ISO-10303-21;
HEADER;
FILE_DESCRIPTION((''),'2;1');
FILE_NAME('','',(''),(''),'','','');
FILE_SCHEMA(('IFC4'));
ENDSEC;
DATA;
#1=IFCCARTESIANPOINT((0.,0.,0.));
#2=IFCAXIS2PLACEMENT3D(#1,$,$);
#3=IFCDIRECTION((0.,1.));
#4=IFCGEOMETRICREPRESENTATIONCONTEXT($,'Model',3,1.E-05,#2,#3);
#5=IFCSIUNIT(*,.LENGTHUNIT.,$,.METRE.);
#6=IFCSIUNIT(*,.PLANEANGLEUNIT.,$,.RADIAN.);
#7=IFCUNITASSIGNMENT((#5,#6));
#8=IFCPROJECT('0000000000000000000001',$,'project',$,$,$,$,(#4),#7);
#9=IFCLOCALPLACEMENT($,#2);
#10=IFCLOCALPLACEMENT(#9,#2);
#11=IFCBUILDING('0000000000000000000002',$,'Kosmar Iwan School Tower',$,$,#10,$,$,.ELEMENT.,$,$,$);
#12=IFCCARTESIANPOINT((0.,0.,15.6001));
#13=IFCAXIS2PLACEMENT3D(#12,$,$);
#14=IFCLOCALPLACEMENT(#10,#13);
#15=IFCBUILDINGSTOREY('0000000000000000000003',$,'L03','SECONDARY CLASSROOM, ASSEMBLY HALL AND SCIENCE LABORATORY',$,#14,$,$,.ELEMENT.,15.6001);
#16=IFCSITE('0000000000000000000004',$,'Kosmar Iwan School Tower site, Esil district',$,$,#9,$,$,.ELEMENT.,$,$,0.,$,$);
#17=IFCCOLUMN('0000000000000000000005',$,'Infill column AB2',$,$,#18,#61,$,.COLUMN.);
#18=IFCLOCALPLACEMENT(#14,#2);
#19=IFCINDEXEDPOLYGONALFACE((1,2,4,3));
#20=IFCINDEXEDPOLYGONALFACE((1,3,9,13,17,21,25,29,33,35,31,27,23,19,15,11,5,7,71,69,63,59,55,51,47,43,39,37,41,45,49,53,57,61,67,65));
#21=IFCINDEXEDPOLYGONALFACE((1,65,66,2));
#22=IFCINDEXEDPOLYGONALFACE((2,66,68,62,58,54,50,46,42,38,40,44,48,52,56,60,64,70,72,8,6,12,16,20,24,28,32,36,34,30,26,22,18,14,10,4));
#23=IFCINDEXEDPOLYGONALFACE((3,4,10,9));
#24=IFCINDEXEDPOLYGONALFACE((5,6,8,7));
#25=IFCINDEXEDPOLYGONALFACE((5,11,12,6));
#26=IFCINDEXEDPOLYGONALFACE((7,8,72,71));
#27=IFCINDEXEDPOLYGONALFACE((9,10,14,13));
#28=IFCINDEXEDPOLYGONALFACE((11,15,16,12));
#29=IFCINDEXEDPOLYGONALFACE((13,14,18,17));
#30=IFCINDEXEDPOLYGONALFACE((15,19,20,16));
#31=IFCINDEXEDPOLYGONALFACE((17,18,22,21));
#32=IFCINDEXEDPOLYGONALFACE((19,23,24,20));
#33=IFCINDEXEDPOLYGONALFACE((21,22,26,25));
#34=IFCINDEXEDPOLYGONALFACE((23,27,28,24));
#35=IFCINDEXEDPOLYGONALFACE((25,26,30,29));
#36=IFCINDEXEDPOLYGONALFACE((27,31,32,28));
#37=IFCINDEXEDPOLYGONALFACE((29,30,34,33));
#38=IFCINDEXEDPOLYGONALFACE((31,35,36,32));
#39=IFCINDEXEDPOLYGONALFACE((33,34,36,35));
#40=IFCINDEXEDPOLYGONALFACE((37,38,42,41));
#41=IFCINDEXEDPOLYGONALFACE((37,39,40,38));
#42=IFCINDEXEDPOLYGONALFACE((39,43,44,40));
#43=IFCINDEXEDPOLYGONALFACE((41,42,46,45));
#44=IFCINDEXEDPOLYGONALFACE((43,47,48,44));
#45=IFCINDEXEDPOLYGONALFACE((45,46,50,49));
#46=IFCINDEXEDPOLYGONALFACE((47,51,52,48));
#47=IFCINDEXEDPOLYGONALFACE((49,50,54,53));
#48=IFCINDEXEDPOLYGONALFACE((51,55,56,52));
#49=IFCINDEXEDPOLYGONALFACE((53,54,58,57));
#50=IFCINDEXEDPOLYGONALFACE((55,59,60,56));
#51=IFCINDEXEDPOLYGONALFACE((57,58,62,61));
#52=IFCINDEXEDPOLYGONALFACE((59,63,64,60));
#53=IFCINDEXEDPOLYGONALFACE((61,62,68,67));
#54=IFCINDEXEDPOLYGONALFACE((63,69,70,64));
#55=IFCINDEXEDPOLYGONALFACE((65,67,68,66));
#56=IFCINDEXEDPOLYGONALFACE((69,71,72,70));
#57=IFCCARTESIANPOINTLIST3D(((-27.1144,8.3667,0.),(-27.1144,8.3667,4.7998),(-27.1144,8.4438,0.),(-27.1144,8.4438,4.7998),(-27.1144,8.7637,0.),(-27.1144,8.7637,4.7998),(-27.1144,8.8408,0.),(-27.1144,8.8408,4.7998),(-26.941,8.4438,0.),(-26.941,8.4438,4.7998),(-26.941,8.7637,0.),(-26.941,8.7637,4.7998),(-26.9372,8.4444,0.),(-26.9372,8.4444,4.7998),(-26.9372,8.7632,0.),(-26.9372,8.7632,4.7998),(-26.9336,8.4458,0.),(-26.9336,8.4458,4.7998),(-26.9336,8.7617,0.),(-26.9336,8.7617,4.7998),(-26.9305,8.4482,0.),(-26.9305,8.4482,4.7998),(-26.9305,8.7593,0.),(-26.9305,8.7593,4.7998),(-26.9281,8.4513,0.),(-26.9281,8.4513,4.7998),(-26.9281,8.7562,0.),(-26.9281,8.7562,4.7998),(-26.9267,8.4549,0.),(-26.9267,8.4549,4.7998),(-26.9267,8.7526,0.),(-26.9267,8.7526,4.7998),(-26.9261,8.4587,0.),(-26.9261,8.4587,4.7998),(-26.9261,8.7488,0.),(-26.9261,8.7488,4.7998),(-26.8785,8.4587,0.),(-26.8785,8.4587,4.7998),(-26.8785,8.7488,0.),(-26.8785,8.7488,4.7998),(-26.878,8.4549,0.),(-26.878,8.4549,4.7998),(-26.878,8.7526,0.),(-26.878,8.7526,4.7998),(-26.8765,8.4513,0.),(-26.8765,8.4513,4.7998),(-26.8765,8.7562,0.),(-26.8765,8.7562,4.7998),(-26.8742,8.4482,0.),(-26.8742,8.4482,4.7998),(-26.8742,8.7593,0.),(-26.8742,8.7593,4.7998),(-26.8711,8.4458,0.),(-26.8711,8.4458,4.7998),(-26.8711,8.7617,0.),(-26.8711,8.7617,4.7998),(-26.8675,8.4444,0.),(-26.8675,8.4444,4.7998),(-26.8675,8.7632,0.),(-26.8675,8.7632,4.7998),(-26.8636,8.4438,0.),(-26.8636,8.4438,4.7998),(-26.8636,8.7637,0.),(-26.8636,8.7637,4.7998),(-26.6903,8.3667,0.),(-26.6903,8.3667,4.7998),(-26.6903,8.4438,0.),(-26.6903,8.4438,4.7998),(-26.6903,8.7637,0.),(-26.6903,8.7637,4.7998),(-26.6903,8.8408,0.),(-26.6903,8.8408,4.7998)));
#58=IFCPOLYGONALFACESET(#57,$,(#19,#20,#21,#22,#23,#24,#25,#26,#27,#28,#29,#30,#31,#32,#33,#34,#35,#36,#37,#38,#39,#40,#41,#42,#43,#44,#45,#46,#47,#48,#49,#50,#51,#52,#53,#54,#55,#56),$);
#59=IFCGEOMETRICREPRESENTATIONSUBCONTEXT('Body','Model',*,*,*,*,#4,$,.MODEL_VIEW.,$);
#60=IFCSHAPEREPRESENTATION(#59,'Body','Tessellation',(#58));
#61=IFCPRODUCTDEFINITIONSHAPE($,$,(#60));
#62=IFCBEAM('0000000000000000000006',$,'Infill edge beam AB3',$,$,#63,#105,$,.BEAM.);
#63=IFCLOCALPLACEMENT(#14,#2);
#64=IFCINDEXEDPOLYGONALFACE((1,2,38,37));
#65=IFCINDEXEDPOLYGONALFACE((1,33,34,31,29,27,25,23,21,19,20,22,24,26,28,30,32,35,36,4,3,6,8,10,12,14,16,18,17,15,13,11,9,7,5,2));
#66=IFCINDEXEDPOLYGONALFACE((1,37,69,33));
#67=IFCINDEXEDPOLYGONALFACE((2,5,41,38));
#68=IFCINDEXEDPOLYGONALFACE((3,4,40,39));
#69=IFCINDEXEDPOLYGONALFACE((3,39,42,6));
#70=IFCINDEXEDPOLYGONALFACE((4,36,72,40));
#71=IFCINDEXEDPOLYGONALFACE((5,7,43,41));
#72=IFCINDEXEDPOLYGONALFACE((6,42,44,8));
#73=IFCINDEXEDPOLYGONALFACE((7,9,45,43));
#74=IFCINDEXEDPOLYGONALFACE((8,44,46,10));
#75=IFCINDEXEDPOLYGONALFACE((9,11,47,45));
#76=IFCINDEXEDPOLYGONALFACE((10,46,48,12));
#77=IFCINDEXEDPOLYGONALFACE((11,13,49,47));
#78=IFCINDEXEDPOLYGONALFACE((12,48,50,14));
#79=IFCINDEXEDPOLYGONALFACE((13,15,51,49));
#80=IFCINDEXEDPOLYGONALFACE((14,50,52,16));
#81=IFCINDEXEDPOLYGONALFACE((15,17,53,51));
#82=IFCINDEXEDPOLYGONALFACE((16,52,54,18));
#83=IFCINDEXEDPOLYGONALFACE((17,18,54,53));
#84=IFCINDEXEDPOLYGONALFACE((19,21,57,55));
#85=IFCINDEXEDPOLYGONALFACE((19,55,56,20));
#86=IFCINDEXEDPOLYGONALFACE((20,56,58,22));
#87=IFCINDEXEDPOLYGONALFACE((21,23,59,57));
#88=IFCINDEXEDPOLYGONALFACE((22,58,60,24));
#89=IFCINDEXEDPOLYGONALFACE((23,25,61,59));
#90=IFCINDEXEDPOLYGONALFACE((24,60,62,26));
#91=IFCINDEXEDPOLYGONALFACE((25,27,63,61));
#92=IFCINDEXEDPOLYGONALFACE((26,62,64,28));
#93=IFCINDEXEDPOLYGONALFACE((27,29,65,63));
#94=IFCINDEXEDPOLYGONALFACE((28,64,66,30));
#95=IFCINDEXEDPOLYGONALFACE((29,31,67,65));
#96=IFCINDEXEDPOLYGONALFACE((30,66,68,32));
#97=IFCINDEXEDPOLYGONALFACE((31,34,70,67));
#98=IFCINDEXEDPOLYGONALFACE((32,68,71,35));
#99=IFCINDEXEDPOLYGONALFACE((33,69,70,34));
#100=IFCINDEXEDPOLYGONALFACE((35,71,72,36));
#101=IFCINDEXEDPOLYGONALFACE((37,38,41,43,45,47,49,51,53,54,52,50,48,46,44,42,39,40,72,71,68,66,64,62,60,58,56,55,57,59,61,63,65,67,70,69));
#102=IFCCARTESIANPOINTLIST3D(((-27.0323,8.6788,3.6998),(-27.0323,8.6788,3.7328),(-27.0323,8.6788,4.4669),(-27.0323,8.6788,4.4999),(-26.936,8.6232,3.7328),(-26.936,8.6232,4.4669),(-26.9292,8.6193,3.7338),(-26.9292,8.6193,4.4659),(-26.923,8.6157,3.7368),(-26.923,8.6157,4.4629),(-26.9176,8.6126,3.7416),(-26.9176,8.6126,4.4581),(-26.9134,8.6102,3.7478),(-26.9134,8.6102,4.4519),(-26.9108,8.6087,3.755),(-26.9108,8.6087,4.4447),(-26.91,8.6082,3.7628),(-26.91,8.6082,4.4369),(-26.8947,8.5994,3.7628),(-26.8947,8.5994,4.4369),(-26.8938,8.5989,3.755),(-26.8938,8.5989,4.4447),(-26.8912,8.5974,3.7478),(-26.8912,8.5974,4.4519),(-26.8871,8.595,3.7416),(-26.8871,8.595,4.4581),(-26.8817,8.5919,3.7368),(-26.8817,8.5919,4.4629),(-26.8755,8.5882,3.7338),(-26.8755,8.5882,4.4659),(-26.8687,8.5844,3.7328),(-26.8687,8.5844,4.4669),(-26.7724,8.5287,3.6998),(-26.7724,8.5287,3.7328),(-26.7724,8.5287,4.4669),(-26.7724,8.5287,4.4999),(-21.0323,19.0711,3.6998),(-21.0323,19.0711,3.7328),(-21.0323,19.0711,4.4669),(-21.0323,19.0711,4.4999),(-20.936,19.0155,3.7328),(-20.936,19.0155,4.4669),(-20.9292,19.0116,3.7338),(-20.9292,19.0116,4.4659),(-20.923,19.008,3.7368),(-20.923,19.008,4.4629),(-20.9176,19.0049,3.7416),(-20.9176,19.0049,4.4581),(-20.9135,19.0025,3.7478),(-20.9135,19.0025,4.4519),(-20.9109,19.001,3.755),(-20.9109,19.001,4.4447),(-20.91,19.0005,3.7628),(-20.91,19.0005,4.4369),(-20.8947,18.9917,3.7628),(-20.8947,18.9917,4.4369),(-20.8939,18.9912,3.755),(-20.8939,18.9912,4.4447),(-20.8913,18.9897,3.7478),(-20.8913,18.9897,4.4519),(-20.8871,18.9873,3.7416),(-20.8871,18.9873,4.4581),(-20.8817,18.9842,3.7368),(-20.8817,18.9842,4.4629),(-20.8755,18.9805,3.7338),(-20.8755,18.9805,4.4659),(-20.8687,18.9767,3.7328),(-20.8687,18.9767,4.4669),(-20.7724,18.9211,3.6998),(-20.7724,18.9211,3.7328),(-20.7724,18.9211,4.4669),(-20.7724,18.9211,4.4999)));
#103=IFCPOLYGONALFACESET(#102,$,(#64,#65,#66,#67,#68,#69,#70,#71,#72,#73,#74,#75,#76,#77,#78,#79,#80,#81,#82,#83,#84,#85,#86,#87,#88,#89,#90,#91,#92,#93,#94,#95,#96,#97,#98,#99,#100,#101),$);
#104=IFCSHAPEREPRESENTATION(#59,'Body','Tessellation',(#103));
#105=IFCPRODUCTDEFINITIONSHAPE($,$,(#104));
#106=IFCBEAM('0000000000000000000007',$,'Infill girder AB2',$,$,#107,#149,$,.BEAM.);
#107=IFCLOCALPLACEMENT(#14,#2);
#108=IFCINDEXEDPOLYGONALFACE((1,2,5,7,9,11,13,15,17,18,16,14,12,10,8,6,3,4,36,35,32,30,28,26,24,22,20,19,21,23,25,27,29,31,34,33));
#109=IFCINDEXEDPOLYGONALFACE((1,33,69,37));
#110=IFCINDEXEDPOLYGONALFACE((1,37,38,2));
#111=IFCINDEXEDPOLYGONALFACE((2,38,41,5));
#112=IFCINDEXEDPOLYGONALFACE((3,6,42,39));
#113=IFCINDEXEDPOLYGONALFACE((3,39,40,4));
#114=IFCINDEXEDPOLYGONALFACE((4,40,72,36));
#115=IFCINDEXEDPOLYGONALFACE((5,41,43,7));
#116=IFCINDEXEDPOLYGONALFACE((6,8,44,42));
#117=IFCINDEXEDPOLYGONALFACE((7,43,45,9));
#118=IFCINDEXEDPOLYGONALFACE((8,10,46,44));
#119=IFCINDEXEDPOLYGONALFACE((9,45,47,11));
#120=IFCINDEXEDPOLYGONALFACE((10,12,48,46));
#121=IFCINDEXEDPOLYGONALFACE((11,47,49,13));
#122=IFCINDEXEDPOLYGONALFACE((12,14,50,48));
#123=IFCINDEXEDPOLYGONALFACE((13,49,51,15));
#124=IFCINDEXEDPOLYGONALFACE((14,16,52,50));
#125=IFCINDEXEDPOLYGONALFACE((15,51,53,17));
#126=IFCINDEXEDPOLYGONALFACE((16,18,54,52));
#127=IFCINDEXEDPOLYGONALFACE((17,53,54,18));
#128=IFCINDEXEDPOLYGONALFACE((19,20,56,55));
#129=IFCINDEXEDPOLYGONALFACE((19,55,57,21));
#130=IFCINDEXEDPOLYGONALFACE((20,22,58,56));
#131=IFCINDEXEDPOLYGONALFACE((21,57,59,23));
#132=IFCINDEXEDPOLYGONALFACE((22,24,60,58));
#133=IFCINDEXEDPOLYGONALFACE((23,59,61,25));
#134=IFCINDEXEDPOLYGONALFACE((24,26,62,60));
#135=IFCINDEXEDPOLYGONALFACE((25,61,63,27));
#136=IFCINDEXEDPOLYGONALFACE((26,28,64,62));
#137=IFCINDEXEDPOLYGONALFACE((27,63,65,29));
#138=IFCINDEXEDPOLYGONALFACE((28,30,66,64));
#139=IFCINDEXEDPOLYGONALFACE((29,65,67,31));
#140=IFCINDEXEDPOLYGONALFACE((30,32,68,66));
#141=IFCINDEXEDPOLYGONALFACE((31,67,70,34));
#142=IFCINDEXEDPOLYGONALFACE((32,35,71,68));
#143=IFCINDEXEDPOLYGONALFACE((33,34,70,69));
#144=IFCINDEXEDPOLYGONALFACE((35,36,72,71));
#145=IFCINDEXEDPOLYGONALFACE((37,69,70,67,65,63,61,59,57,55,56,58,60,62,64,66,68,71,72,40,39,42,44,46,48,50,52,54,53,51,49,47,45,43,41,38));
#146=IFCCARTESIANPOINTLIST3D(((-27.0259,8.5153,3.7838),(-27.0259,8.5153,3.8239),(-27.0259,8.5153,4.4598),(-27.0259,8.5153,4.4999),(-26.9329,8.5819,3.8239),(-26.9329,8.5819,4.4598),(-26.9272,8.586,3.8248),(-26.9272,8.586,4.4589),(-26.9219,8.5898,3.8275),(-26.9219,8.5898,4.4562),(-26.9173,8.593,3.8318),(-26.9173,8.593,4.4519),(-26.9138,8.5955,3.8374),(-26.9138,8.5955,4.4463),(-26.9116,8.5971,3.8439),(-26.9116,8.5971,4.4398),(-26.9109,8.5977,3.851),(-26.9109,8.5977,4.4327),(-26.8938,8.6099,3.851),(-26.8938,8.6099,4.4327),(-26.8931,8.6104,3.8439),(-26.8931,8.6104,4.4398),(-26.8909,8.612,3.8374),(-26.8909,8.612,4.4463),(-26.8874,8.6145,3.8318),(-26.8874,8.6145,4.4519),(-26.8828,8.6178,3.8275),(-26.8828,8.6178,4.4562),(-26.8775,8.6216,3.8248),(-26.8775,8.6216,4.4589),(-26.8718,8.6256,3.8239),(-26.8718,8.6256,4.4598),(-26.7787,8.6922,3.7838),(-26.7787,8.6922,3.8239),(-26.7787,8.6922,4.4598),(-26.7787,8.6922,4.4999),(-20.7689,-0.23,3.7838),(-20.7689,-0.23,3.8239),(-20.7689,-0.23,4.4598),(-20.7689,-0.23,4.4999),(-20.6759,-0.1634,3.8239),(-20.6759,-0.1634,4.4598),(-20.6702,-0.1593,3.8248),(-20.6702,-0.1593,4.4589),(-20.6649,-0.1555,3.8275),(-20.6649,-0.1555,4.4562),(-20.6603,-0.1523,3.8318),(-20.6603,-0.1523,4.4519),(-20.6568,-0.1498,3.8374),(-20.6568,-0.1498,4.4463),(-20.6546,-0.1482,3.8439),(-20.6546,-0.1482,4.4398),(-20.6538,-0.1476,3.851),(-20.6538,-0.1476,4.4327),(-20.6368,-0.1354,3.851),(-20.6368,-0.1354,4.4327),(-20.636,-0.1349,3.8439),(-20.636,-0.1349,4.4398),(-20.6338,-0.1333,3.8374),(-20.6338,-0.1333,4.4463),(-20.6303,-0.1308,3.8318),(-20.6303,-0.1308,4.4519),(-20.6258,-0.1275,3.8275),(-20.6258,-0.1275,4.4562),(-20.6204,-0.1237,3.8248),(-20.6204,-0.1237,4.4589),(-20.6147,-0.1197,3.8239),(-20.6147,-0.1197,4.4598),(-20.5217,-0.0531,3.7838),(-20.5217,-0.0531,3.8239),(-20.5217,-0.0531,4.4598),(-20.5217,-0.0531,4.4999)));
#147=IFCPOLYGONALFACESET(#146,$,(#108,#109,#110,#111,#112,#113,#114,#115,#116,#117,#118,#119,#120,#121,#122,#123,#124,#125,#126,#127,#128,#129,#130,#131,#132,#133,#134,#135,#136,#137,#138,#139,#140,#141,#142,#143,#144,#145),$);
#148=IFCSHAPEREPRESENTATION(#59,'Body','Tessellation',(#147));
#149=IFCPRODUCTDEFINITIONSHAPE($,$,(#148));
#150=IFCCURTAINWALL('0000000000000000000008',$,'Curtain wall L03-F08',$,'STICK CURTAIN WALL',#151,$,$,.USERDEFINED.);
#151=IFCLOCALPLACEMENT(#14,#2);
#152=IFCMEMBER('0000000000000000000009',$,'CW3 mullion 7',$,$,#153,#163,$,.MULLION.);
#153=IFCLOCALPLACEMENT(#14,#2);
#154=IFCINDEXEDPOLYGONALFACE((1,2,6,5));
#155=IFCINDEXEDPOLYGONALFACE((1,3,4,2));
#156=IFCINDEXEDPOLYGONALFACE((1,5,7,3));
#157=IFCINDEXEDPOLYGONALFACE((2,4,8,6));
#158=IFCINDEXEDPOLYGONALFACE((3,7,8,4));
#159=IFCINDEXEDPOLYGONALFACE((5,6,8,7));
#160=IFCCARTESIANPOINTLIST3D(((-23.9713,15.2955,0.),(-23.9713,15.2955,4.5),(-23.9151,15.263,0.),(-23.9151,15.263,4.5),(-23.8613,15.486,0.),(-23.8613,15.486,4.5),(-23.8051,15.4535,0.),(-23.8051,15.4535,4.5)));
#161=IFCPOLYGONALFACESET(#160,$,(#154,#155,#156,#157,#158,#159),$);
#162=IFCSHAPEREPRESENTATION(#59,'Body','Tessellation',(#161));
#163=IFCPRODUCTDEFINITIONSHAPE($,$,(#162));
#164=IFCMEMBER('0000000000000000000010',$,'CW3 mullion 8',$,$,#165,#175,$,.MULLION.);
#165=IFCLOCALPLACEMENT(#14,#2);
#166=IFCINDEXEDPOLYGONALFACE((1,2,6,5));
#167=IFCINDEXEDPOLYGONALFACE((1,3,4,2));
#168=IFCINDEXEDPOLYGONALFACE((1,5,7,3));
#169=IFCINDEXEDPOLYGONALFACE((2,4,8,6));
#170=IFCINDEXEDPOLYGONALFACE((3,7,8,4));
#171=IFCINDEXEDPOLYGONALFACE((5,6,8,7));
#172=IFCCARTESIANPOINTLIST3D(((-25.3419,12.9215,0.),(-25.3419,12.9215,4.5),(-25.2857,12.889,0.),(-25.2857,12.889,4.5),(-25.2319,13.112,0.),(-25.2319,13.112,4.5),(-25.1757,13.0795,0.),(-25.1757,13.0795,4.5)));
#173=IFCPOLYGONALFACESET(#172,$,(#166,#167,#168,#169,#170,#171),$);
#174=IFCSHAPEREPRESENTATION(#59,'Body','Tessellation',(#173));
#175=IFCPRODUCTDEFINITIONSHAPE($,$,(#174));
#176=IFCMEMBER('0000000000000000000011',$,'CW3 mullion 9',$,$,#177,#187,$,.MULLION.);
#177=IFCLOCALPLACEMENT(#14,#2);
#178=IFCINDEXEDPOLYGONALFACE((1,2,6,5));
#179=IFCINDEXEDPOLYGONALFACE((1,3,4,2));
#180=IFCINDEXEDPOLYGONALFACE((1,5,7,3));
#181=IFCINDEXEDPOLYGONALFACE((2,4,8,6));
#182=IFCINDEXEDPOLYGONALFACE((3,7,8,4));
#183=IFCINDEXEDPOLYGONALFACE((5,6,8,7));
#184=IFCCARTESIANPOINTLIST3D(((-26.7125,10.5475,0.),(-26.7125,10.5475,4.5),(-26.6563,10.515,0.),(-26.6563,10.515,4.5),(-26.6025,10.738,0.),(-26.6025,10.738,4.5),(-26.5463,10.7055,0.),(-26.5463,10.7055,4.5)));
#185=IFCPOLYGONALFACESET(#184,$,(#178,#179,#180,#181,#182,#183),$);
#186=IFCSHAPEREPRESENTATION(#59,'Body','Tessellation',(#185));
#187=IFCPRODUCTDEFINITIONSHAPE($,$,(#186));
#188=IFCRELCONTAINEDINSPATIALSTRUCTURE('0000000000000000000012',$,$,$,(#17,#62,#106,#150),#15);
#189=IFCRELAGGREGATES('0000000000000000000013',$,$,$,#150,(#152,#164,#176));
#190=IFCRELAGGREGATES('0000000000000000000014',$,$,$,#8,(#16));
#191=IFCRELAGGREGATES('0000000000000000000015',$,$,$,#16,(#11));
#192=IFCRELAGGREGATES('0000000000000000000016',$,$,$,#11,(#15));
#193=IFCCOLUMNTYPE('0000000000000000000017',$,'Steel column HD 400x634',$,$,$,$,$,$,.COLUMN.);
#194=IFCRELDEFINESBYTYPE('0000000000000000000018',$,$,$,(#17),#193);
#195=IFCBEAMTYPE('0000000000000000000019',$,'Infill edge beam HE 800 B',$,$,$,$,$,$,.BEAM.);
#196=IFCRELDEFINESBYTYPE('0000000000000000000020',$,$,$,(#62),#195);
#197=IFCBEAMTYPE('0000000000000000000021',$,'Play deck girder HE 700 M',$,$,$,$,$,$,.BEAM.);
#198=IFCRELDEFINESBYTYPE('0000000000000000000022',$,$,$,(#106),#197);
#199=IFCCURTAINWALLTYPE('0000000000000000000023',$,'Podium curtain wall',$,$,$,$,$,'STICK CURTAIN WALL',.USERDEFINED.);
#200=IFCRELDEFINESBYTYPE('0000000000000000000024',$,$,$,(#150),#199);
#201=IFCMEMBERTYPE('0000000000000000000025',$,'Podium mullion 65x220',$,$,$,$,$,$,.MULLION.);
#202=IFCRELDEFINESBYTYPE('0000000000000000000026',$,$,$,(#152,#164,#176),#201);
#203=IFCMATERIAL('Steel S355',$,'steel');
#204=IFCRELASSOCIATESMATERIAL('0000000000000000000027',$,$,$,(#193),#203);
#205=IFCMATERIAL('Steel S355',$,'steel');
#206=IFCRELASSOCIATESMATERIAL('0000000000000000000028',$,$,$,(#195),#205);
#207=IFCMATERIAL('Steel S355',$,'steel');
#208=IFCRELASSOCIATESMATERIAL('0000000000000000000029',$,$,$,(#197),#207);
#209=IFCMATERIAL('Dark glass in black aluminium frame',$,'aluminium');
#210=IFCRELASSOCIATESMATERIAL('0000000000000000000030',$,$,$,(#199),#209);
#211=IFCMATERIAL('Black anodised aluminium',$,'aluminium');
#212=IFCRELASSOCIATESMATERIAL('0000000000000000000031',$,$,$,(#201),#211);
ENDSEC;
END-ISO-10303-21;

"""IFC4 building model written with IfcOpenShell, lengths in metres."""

from ifc_helpers import new_model, si_unit, direction, frame, origin, origin_2d, place, context, subcontext, project, spatial, rectangle, i_section, extrude, material, material_profile, profile_set, type_object, element, aggregate, save


model = new_model("IFC4")

# Units and contexts
model_context = context("Model", 3, precision=1e-05, world=origin(), true_north=direction((0.0, 1.0)))
body_context = subcontext(model_context, "Body", "Model", "MODEL_VIEW")
ifc_project = project(units=[si_unit("LENGTHUNIT", "METRE"), si_unit("PLANEANGLEUNIT", "RADIAN")], contexts=[model_context])

# Site, building, storey
site_placement = place(None, origin())
site = spatial("IfcSite", under=ifc_project, at=site_placement, Name="Kosmar Iwan School Tower site, Esil district", CompositionType="ELEMENT", RefElevation=0.0)
building_placement = place(site_placement, origin())
building = spatial("IfcBuilding", under=site, at=building_placement, Name="Kosmar Iwan School Tower", CompositionType="ELEMENT")
storey_placement = place(building_placement, frame((0.0, 0.0, 15.6001)))
storey = spatial("IfcBuildingStorey", under=building, at=storey_placement, Name="L03", Description="SECONDARY CLASSROOM, ASSEMBLY HALL AND SCIENCE LABORATORY", CompositionType="ELEMENT", Elevation=15.6001)

# Column
ifc_material_1 = material(Name="Steel S355", Category="steel")
ifc_material_profile_1 = material_profile(ifc_material_1, i_section(OverallWidth=0.4241, OverallDepth=0.4741, WebThickness=0.0476, FlangeThickness=0.0771, FilletRadius=0.0149, at=origin_2d()), Name="HD 400x634")
ifc_profile_set_1 = profile_set([ifc_material_profile_1], Name="Steel S355")
column_type = type_object("IfcColumnType", Name="Steel column HD 400x634", PredefinedType="COLUMN", material=ifc_profile_set_1)
column_placement = place(storey_placement, frame((-26.9023, 8.6038, 0.0), z_axis=(0.0, 0.0, 1.0), x_axis=(1.0, 0.0, 0.0)))
element("IfcColumn", 1, at=column_placement, inside=storey, type_object=column_type, Name="Infill column AB2", PredefinedType="COLUMN", context=body_context, shape_type="SweptSolid", body=[
    extrude(i_section(OverallWidth=0.4241, OverallDepth=0.4741, WebThickness=0.0476, FlangeThickness=0.0771, FilletRadius=0.0149, at=origin_2d()), origin(), (0.0, 0.0, 1.0), 4.7998),
])

# Beams
ifc_material_2 = material(Name="Steel S355", Category="steel")
ifc_material_profile_2 = material_profile(ifc_material_2, i_section(OverallWidth=0.3, OverallDepth=0.8, WebThickness=0.0176, FlangeThickness=0.033, FilletRadius=0.03, at=origin_2d()), Name="HE 800 B")
ifc_profile_set_2 = profile_set([ifc_material_profile_2], Name="Steel S355")
beam_type_1 = type_object("IfcBeamType", Name="Infill edge beam HE 800 B", PredefinedType="BEAM", material=ifc_profile_set_2)
beam_1_placement = place(storey_placement, frame((-26.9023, 8.6038, 4.0999), z_axis=(0.499999, 0.866026, 0.0), x_axis=(-0.866026, 0.499999, 0.0)))
element("IfcBeam", 2, at=beam_1_placement, inside=storey, type_object=beam_type_1, Name="Infill edge beam AB3", PredefinedType="BEAM", context=body_context, shape_type="SweptSolid", body=[
    extrude(i_section(OverallWidth=0.3, OverallDepth=0.8, WebThickness=0.0176, FlangeThickness=0.033, FilletRadius=0.03, at=origin_2d()), origin(), (0.0, 0.0, 1.0), 12.0),
])
ifc_material_3 = material(Name="Steel S355", Category="steel")
ifc_material_profile_3 = material_profile(ifc_material_3, i_section(OverallWidth=0.304, OverallDepth=0.7161, WebThickness=0.021, FlangeThickness=0.04, FilletRadius=0.0271, at=origin_2d()), Name="HE 700 M")
ifc_profile_set_3 = profile_set([ifc_material_profile_3], Name="Steel S355")
beam_type_2 = type_object("IfcBeamType", Name="Play deck girder HE 700 M", PredefinedType="BEAM", material=ifc_profile_set_3)
beam_2_placement = place(storey_placement, frame((-26.9023, 8.6038, 4.1418), z_axis=(0.581878, -0.813276, 0.0), x_axis=(0.813276, 0.581878, 0.0)))
element("IfcBeam", 3, at=beam_2_placement, inside=storey, type_object=beam_type_2, Name="Infill girder AB2", PredefinedType="BEAM", context=body_context, shape_type="SweptSolid", body=[
    extrude(i_section(OverallWidth=0.304, OverallDepth=0.7161, WebThickness=0.021, FlangeThickness=0.04, FilletRadius=0.0271, at=origin_2d()), origin(), (0.0, 0.0, 1.0), 10.7532),
])

# Curtain wall, members
ifc_material_4 = material(Name="Dark glass in black aluminium frame", Category="aluminium")
curtain_wall_type = type_object("IfcCurtainWallType", Name="Podium curtain wall", ElementType="STICK CURTAIN WALL", PredefinedType="USERDEFINED", material=ifc_material_4)
curtain_wall_placement = place(storey_placement, origin())
curtain_wall = element("IfcCurtainWall", 4, at=curtain_wall_placement, inside=storey, type_object=curtain_wall_type, Name="Curtain wall L03-F08", ObjectType="STICK CURTAIN WALL", PredefinedType="USERDEFINED")
ifc_material_5 = material(Name="Black anodised aluminium", Category="aluminium")
ifc_material_profile_4 = material_profile(ifc_material_5, rectangle(XDim=0.0649, YDim=0.22, at=origin_2d()), Name="MULLION 65x220")
ifc_profile_set_4 = profile_set([ifc_material_profile_4], Name="Black anodised aluminium")
member_type_1 = type_object("IfcMemberType", Name="Podium mullion 65x220", PredefinedType="MULLION", material=ifc_profile_set_4)
member_1_placement = place(storey_placement, frame((-23.8882, 15.3745, 0.0), z_axis=(0.0, 0.0, 1.0), x_axis=(0.866025, -0.5, 0.0)))
member_1 = element("IfcMember", 5, at=member_1_placement, type_object=member_type_1, Name="CW3 mullion 7", PredefinedType="MULLION", context=body_context, shape_type="SweptSolid", body=[
    extrude(rectangle(XDim=0.0649, YDim=0.22, at=origin_2d()), origin(), (0.0, 0.0, 1.0), 4.5),
])
member_2_placement = place(storey_placement, frame((-25.2588, 13.0005, 0.0), z_axis=(0.0, 0.0, 1.0), x_axis=(0.866025, -0.5, 0.0)))
member_2 = element("IfcMember", 6, at=member_2_placement, type_object=member_type_1, Name="CW3 mullion 8", PredefinedType="MULLION", context=body_context, shape_type="SweptSolid", body=[
    extrude(rectangle(XDim=0.0649, YDim=0.22, at=origin_2d()), origin(), (0.0, 0.0, 1.0), 4.5),
])
member_3_placement = place(storey_placement, frame((-26.6294, 10.6265, 0.0), z_axis=(0.0, 0.0, 1.0), x_axis=(0.866025, -0.5, 0.0)))
member_3 = element("IfcMember", 7, at=member_3_placement, type_object=member_type_1, Name="CW3 mullion 9", PredefinedType="MULLION", context=body_context, shape_type="SweptSolid", body=[
    extrude(rectangle(XDim=0.0649, YDim=0.22, at=origin_2d()), origin(), (0.0, 0.0, 1.0), 4.5),
])
aggregate(curtain_wall, [member_1, member_2, member_3])

save(model, "model.ifc")
